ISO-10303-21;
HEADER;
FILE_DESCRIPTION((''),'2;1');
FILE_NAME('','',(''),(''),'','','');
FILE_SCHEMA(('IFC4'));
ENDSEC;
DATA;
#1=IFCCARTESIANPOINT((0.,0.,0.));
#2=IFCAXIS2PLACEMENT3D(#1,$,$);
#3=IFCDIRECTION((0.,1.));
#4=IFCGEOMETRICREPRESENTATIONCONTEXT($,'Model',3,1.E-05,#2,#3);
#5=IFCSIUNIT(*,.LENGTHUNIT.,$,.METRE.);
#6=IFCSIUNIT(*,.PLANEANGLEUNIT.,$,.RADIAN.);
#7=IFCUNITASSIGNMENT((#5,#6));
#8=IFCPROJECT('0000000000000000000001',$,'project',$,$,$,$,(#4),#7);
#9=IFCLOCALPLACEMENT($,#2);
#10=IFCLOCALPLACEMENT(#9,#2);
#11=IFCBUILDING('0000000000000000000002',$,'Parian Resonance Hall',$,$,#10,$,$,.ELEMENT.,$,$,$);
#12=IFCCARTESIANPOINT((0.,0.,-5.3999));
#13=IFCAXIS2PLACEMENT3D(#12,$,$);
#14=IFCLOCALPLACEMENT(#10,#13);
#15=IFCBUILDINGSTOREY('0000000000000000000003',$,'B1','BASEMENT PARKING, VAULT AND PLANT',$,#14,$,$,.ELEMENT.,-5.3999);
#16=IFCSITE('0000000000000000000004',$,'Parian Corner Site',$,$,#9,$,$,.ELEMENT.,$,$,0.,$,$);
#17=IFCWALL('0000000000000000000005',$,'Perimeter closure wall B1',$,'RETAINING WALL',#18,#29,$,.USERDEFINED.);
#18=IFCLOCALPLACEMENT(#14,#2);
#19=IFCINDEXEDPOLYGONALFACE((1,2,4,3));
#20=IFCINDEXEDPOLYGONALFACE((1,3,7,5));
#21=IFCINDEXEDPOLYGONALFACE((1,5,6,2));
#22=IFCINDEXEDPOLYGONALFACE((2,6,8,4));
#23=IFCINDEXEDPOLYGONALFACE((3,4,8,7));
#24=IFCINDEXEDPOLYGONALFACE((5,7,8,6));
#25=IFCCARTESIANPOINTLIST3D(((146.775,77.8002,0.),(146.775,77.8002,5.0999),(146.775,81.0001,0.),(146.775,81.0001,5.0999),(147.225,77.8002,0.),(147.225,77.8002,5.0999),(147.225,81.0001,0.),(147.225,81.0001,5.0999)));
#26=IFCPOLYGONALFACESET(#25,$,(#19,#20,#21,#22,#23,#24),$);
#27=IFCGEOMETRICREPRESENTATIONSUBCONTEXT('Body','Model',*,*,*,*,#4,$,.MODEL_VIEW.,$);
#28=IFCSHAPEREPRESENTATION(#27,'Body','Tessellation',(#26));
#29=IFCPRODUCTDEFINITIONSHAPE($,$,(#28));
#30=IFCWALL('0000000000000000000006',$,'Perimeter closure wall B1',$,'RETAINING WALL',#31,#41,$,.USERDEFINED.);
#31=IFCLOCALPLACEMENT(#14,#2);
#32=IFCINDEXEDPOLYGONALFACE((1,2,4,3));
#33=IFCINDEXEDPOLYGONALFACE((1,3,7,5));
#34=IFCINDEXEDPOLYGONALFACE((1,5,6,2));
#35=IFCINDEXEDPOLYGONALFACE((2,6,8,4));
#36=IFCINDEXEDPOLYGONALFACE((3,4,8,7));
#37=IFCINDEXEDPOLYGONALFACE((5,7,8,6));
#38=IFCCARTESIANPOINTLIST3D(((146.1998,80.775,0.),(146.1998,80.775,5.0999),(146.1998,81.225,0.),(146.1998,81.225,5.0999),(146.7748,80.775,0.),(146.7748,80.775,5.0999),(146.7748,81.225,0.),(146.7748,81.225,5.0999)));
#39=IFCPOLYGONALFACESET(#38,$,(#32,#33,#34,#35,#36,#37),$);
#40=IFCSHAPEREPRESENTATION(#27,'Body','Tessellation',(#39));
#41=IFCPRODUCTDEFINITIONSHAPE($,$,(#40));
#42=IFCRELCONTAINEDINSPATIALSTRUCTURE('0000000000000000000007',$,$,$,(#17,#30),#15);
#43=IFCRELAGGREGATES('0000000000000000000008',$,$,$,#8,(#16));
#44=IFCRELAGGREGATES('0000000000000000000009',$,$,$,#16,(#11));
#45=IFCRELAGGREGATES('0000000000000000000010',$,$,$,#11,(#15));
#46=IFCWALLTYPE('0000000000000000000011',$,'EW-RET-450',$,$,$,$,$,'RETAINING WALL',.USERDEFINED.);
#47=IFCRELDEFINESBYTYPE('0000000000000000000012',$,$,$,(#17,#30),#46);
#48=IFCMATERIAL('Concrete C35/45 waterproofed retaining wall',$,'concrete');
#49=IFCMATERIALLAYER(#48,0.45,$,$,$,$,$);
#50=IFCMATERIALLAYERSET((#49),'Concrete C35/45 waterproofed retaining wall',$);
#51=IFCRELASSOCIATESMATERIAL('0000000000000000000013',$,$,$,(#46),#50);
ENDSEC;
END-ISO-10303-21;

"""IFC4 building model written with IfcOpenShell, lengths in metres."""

from ifc_helpers import new_model, si_unit, direction, frame, frame_2d, origin, place, context, subcontext, project, spatial, rectangle, extrude, material, layer, layer_set, type_object, element, save


model = new_model("IFC4")

# Units and contexts
model_context = context("Model", 3, precision=1e-05, world=origin(), true_north=direction((0.0, 1.0)))
body_context = subcontext(model_context, "Body", "Model", "MODEL_VIEW")
ifc_project = project(units=[si_unit("LENGTHUNIT", "METRE"), si_unit("PLANEANGLEUNIT", "RADIAN")], contexts=[model_context])

# Site, building, storey
site_placement = place(None, origin())
site = spatial("IfcSite", under=ifc_project, at=site_placement, Name="Parian Corner Site", CompositionType="ELEMENT", RefElevation=0.0)
building_placement = place(site_placement, origin())
building = spatial("IfcBuilding", under=site, at=building_placement, Name="Parian Resonance Hall", CompositionType="ELEMENT")
storey_placement = place(building_placement, frame((0.0, 0.0, -5.3999)))
storey = spatial("IfcBuildingStorey", under=building, at=storey_placement, Name="B1", Description="BASEMENT PARKING, VAULT AND PLANT", CompositionType="ELEMENT", Elevation=-5.3999)

# Walls
ifc_material_1 = material(Name="Concrete C35/45 waterproofed retaining wall", Category="concrete")
ifc_layer = layer(ifc_material_1, 0.45)
ifc_layer_set = layer_set([ifc_layer], Name="Concrete C35/45 waterproofed retaining wall")
wall_type = type_object("IfcWallType", Name="EW-RET-450", ElementType="RETAINING WALL", PredefinedType="USERDEFINED", material=ifc_layer_set)
wall_1_placement = place(storey_placement, frame((147.0, 77.8, 0.0), z_axis=(0.0, 0.0, 1.0), x_axis=(0.0, 1.0, 0.0)))
element("IfcWall", 1, at=wall_1_placement, inside=storey, type_object=wall_type, Name="Perimeter closure wall B1", ObjectType="RETAINING WALL", PredefinedType="USERDEFINED", context=body_context, shape_type="SweptSolid", body=[
    extrude(rectangle(XDim=3.2, YDim=0.45, at=frame_2d((1.6001, 0.0))), origin(), (0.0, 0.0, 1.0), 5.0999),
])
wall_2_placement = place(storey_placement, frame((146.7749, 81.0, 0.0), z_axis=(0.0, 0.0, 1.0), x_axis=(-1.0, 0.0, 0.0)))
element("IfcWall", 2, at=wall_2_placement, inside=storey, type_object=wall_type, Name="Perimeter closure wall B1", ObjectType="RETAINING WALL", PredefinedType="USERDEFINED", context=body_context, shape_type="SweptSolid", body=[
    extrude(rectangle(XDim=0.575, YDim=0.45, at=frame_2d((0.2876, 0.0))), origin(), (0.0, 0.0, 1.0), 5.0999),
])

save(model, "model.ifc")
